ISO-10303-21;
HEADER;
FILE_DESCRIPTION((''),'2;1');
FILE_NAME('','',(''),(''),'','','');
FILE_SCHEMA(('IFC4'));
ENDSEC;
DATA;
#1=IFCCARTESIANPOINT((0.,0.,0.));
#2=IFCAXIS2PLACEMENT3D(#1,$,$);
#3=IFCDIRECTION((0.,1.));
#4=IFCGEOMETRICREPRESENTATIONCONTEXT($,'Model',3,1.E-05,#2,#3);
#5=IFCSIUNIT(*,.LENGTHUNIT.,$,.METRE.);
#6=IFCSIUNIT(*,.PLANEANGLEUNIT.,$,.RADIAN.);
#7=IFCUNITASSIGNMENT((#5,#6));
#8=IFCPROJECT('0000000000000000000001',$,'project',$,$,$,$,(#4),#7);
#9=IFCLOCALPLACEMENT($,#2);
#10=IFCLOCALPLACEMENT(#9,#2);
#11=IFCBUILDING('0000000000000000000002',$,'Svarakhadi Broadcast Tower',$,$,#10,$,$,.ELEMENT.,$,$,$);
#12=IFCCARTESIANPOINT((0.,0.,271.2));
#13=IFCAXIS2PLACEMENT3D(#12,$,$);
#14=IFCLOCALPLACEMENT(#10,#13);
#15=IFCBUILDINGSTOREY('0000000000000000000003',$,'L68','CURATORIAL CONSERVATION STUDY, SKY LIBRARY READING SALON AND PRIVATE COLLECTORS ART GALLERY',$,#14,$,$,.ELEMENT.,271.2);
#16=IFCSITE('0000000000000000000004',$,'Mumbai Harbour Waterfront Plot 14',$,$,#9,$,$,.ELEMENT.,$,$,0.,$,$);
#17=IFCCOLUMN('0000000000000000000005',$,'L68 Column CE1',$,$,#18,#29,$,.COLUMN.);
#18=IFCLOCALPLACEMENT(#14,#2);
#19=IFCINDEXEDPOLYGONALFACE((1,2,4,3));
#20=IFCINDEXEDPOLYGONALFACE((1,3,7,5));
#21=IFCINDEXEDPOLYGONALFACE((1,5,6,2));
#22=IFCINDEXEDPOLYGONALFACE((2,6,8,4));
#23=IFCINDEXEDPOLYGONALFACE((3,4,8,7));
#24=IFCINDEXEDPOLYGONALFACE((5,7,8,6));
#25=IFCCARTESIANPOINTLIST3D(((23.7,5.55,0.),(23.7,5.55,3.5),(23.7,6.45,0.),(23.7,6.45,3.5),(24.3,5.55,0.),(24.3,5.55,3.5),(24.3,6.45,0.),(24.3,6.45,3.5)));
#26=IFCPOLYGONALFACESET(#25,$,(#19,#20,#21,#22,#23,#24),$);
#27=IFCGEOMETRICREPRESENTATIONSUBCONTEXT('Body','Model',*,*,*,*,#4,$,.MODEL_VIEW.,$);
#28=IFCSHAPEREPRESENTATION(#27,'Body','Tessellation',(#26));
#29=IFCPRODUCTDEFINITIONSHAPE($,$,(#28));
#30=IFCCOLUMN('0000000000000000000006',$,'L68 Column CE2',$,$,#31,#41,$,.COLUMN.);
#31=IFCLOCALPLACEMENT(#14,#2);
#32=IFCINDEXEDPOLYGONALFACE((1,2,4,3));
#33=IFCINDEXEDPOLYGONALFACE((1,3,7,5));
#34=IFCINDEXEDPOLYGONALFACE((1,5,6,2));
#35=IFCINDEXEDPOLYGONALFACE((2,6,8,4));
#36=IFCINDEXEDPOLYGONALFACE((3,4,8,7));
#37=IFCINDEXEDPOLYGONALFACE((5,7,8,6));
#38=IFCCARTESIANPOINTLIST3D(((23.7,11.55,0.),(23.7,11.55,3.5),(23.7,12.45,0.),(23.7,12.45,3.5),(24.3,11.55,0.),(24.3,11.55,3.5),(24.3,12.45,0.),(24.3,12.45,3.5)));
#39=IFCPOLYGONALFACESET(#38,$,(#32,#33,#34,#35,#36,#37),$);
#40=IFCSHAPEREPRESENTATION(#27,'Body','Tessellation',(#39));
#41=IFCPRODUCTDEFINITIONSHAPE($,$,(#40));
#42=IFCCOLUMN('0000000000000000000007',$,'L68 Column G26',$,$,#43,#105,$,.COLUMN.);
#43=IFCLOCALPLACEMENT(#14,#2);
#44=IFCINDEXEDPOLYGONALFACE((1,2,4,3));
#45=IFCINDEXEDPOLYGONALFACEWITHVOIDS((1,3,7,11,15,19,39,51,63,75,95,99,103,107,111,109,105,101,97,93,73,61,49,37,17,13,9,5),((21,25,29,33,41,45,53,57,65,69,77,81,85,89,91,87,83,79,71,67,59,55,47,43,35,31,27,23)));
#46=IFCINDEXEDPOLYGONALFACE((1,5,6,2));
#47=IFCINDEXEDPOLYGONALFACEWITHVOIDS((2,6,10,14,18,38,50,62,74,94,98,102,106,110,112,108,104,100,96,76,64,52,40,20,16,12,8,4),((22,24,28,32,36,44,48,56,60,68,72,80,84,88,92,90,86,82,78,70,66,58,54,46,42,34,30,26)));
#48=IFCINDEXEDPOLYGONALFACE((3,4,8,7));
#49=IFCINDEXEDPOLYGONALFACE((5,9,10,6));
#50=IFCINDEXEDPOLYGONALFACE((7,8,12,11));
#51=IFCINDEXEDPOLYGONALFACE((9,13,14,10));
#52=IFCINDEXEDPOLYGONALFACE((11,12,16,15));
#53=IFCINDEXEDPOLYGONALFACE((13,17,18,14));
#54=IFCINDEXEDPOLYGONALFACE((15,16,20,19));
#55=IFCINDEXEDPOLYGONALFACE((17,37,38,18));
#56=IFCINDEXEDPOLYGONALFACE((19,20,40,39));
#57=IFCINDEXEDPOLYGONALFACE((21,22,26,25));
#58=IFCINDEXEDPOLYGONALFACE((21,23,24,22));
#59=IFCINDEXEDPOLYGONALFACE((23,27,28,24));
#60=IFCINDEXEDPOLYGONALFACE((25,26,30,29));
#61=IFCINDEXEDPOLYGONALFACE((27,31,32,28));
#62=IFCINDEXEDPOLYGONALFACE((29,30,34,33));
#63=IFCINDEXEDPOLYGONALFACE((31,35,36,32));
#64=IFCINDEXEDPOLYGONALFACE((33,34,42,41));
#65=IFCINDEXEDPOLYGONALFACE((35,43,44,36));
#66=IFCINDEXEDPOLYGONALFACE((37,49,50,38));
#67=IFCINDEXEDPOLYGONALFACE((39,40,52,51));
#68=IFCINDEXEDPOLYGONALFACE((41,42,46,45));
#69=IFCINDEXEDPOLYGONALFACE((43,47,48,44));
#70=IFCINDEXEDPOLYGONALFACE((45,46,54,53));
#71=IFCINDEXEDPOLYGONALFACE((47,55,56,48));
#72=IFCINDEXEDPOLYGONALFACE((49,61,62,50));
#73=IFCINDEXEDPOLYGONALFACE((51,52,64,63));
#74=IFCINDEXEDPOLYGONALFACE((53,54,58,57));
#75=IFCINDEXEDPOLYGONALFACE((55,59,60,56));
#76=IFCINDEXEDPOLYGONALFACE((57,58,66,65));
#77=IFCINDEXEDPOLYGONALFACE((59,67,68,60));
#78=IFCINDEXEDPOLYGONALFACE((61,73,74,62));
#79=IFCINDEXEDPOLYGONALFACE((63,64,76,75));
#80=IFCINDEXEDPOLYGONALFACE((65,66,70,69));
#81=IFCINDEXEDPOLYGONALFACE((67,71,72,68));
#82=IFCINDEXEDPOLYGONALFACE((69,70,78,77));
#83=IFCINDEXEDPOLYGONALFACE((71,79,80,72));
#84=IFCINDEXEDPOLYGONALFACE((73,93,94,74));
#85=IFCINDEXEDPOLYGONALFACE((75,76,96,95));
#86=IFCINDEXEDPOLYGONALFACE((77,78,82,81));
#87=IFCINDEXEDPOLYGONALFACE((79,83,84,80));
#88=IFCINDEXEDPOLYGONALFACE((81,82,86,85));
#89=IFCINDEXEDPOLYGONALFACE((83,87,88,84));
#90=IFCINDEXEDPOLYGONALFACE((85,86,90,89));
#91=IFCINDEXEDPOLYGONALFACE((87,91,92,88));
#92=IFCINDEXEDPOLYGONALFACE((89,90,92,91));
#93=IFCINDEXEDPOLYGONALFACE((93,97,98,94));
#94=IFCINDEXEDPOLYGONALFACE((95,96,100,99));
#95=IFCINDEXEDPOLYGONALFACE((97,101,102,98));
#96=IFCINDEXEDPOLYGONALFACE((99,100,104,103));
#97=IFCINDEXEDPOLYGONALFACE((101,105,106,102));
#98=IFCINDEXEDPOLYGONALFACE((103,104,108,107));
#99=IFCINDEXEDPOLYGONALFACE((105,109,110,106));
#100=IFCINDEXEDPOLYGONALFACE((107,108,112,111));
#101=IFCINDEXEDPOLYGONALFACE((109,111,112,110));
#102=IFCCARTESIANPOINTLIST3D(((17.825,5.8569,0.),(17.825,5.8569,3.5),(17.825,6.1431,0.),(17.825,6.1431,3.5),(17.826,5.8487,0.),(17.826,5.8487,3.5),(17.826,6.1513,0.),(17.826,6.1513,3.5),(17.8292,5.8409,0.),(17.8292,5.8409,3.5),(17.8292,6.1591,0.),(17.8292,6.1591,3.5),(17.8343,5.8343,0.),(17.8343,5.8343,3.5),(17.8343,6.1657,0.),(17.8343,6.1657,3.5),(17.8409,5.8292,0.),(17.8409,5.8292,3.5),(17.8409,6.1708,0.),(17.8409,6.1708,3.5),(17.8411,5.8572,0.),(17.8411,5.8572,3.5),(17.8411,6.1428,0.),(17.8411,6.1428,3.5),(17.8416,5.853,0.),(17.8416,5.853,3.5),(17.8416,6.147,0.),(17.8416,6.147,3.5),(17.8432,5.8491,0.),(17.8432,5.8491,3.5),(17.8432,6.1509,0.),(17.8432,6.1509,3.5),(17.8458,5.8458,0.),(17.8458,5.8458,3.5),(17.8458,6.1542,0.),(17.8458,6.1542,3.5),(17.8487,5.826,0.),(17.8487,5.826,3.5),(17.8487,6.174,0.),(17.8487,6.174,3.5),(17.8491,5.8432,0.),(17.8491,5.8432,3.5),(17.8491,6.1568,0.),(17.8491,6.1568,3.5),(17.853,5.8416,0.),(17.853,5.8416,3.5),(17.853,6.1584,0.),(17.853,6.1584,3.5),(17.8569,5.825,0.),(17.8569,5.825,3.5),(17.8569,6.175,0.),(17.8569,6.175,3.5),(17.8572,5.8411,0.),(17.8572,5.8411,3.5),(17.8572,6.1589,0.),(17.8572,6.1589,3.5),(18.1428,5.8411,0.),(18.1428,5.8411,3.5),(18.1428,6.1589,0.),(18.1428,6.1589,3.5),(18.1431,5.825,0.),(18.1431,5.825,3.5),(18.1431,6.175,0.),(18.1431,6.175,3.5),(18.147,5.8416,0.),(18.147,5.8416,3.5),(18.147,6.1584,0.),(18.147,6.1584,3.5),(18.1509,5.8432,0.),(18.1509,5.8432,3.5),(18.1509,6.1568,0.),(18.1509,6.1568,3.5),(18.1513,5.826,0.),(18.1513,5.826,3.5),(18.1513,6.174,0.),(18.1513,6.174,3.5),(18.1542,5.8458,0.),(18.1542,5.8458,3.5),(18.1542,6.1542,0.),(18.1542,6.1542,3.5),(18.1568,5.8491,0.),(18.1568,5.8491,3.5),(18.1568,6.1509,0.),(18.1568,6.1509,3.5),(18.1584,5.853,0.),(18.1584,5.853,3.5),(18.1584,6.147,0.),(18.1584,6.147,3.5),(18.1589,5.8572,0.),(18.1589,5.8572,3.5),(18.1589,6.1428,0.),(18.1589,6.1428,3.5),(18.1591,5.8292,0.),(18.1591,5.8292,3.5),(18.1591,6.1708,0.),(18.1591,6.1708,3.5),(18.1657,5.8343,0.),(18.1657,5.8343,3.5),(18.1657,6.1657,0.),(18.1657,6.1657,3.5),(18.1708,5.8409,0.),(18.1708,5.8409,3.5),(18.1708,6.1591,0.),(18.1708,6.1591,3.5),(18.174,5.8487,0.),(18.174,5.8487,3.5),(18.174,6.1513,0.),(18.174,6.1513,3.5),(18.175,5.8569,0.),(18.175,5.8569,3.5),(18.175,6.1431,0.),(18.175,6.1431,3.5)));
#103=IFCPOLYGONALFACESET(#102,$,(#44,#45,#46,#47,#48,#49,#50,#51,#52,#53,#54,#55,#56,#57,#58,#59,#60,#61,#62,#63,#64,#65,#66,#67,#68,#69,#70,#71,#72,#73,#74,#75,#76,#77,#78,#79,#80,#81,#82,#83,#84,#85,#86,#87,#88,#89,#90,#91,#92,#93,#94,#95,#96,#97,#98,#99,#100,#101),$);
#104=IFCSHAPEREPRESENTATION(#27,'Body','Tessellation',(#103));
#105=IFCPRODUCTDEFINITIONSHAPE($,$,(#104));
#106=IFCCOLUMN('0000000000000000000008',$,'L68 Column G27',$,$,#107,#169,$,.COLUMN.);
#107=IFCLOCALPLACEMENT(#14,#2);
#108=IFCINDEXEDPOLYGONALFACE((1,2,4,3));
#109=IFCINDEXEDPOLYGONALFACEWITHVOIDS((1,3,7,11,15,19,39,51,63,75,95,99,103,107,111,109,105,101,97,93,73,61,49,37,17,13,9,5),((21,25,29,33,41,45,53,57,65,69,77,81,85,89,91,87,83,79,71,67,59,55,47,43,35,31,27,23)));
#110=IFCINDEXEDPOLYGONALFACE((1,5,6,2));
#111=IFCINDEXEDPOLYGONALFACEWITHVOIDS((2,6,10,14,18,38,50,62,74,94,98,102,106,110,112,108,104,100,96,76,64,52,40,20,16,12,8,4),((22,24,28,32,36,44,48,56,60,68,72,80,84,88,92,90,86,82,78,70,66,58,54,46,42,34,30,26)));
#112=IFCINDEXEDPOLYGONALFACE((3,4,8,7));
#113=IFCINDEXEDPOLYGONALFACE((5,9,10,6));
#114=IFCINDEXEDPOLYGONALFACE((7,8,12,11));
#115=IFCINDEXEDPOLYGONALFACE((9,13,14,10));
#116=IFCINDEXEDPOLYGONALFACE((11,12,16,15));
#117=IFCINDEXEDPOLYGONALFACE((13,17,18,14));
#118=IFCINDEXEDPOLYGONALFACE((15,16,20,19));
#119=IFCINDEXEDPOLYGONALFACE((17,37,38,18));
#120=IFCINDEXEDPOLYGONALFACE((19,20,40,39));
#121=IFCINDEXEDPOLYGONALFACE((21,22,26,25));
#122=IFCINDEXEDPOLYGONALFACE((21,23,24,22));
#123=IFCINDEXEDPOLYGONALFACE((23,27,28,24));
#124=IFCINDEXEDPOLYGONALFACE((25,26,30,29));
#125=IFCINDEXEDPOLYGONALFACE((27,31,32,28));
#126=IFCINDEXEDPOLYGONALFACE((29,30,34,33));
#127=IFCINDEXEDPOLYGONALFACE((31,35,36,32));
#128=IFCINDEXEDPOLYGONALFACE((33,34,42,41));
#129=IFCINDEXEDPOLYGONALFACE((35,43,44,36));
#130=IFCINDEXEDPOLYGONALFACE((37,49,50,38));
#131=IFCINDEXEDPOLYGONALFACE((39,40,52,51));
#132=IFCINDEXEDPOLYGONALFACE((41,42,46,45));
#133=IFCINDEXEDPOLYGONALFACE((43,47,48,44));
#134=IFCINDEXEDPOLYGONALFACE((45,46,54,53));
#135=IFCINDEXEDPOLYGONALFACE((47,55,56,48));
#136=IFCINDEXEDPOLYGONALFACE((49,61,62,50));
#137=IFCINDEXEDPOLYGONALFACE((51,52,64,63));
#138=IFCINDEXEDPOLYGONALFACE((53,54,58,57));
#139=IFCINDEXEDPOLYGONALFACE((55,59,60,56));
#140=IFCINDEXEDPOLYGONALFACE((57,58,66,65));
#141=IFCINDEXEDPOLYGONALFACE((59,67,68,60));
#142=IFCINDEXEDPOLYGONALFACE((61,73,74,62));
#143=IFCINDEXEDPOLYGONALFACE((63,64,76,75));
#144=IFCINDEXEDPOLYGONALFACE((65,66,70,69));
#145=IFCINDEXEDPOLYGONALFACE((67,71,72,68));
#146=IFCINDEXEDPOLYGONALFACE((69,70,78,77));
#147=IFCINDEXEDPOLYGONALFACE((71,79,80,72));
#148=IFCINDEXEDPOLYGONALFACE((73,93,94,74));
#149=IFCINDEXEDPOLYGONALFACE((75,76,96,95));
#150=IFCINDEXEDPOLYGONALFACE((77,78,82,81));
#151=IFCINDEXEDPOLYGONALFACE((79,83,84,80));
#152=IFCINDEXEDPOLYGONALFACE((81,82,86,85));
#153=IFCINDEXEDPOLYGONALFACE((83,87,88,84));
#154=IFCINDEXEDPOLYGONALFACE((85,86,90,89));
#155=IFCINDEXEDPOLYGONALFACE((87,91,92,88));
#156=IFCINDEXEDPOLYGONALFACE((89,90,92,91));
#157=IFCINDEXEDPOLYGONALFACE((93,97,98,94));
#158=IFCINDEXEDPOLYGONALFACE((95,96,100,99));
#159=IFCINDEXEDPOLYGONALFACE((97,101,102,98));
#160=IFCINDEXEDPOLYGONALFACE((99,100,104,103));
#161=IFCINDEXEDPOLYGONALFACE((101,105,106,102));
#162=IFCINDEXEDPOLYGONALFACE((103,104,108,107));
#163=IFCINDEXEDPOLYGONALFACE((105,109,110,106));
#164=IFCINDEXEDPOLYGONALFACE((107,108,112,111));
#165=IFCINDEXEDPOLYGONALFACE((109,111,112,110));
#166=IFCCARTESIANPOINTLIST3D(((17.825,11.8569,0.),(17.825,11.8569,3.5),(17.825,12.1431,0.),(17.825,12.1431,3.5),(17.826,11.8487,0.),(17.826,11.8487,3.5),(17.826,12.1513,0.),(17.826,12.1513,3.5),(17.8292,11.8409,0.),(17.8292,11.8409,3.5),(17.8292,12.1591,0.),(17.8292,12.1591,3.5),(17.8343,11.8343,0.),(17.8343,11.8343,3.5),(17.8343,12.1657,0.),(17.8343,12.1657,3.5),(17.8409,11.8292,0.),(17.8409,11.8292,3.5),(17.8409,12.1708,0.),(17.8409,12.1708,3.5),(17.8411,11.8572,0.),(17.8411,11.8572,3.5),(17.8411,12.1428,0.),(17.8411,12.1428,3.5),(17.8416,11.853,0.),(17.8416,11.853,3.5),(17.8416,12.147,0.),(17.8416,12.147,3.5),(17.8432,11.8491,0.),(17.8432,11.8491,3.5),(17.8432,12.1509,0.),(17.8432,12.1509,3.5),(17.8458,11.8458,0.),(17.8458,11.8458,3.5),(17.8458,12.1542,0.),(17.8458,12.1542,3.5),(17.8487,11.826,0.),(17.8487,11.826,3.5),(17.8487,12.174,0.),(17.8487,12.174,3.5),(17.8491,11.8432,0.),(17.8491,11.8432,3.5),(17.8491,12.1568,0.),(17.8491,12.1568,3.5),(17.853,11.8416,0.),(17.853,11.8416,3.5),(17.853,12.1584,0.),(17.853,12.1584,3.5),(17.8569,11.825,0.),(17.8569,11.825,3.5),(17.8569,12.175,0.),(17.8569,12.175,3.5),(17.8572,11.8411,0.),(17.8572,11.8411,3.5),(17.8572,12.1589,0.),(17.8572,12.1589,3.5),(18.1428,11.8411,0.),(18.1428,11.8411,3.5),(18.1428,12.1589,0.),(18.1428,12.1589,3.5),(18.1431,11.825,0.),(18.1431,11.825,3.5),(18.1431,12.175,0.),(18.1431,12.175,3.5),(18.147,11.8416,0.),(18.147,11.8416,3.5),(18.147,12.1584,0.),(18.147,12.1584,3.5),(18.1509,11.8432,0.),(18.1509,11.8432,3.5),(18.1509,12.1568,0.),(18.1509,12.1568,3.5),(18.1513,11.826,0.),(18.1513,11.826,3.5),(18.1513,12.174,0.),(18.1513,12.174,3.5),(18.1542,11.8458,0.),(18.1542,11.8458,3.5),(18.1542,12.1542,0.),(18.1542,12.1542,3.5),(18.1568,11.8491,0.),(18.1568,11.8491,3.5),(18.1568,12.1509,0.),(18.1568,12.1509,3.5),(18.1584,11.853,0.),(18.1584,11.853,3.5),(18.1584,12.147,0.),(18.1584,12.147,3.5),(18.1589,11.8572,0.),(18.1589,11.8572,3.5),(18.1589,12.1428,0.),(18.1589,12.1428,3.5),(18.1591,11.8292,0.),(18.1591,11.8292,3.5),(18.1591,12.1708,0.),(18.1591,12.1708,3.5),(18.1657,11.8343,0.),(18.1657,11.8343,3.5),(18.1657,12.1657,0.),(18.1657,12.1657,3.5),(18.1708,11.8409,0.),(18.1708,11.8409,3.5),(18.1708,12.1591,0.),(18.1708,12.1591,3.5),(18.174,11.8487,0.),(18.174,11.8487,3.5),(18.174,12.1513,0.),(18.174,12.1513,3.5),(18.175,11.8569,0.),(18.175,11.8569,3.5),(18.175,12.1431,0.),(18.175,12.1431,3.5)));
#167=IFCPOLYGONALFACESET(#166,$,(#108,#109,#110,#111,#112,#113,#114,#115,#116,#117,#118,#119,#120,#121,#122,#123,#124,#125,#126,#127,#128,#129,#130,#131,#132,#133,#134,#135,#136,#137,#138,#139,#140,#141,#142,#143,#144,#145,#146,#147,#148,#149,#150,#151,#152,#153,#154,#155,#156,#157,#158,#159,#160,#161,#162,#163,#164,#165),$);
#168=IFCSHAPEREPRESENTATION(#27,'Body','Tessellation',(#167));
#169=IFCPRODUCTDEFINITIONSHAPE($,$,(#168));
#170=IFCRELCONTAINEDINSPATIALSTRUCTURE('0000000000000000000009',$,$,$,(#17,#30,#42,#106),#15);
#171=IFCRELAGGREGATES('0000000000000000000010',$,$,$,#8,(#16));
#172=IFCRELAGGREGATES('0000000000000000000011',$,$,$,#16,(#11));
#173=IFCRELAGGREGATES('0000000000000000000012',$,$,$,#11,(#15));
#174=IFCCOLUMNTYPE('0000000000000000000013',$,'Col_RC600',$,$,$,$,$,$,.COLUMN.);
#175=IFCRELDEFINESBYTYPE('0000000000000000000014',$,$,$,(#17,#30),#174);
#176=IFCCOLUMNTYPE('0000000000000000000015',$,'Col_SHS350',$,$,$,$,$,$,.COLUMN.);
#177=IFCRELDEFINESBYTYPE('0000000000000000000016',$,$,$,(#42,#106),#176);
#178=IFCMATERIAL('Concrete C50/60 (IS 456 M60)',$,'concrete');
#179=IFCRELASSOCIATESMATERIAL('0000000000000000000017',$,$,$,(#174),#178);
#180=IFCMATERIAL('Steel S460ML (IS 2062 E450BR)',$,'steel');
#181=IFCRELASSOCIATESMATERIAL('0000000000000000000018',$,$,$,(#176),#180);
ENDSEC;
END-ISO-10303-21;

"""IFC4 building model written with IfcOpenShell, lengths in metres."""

from ifc_helpers import new_model, si_unit, direction, frame, origin, origin_2d, place, context, subcontext, project, spatial, rectangle, hollow_rectangle, extrude, material, material_profile, profile_set, type_object, element, save


model = new_model("IFC4")

# Units and contexts
model_context = context("Model", 3, precision=1e-05, world=origin(), true_north=direction((0.0, 1.0)))
body_context = subcontext(model_context, "Body", "Model", "MODEL_VIEW")
ifc_project = project(units=[si_unit("LENGTHUNIT", "METRE"), si_unit("PLANEANGLEUNIT", "RADIAN")], contexts=[model_context])

# Site, building, storey
site_placement = place(None, origin())
site = spatial("IfcSite", under=ifc_project, at=site_placement, Name="Mumbai Harbour Waterfront Plot 14", CompositionType="ELEMENT", RefElevation=0.0)
building_placement = place(site_placement, origin())
building = spatial("IfcBuilding", under=site, at=building_placement, Name="Svarakhadi Broadcast Tower", CompositionType="ELEMENT")
storey_placement = place(building_placement, frame((0.0, 0.0, 271.2)))
storey = spatial("IfcBuildingStorey", under=building, at=storey_placement, Name="L68", Description="CURATORIAL CONSERVATION STUDY, SKY LIBRARY READING SALON AND PRIVATE COLLECTORS ART GALLERY", CompositionType="ELEMENT", Elevation=271.2)

# Columns
ifc_material_1 = material(Name="Concrete C50/60 (IS 456 M60)", Category="concrete")
ifc_material_profile_1 = material_profile(ifc_material_1, rectangle(XDim=0.6001, YDim=0.8999, at=origin_2d()), Name="RC 600x900")
ifc_profile_set_1 = profile_set([ifc_material_profile_1], Name="Concrete C50/60 (IS 456 M60)")
column_type_1 = type_object("IfcColumnType", Name="Col_RC600", PredefinedType="COLUMN", material=ifc_profile_set_1)
for number, where, z_axis, x_axis, name in (
    (1, (24.0, 6.0, 0.0), (0.0, 0.0, 1.0), (1.0, 0.0, 0.0), "L68 Column CE1"),
    (2, (24.0, 12.0, 0.0), (0.0, 0.0, 1.0), (1.0, 0.0, 0.0), "L68 Column CE2"),
):
    element("IfcColumn", number, at=place(storey_placement, frame(where, z_axis=z_axis, x_axis=x_axis)), inside=storey, type_object=column_type_1, Name=name, PredefinedType="COLUMN", context=body_context, shape_type="SweptSolid", body=[
        extrude(rectangle(XDim=0.6001, YDim=0.8999, at=origin_2d()), origin(), (0.0, 0.0, 1.0), 3.5),
    ])
ifc_material_2 = material(Name="Steel S460ML (IS 2062 E450BR)", Category="steel")
ifc_material_profile_2 = material_profile(ifc_material_2, hollow_rectangle(XDim=0.3501, YDim=0.3501, WallThickness=0.0161, InnerFilletRadius=0.0161, OuterFilletRadius=0.032, at=origin_2d()), Name="SHS 350x350x16")
ifc_profile_set_2 = profile_set([ifc_material_profile_2], Name="Steel S460ML (IS 2062 E450BR)")
column_type_2 = type_object("IfcColumnType", Name="Col_SHS350", PredefinedType="COLUMN", material=ifc_profile_set_2)
for number, where, z_axis, x_axis, name in (
    (3, (18.0, 6.0, 0.0), (0.0, 0.0, 1.0), (1.0, 0.0, 0.0), "L68 Column G26"),
    (4, (18.0, 12.0, 0.0), (0.0, 0.0, 1.0), (1.0, 0.0, 0.0), "L68 Column G27"),
):
    element("IfcColumn", number, at=place(storey_placement, frame(where, z_axis=z_axis, x_axis=x_axis)), inside=storey, type_object=column_type_2, Name=name, PredefinedType="COLUMN", context=body_context, shape_type="SweptSolid", body=[
        extrude(hollow_rectangle(XDim=0.3501, YDim=0.3501, WallThickness=0.0161, InnerFilletRadius=0.0161, OuterFilletRadius=0.032, at=origin_2d()), origin(), (0.0, 0.0, 1.0), 3.5),
    ])

save(model, "model.ifc")
